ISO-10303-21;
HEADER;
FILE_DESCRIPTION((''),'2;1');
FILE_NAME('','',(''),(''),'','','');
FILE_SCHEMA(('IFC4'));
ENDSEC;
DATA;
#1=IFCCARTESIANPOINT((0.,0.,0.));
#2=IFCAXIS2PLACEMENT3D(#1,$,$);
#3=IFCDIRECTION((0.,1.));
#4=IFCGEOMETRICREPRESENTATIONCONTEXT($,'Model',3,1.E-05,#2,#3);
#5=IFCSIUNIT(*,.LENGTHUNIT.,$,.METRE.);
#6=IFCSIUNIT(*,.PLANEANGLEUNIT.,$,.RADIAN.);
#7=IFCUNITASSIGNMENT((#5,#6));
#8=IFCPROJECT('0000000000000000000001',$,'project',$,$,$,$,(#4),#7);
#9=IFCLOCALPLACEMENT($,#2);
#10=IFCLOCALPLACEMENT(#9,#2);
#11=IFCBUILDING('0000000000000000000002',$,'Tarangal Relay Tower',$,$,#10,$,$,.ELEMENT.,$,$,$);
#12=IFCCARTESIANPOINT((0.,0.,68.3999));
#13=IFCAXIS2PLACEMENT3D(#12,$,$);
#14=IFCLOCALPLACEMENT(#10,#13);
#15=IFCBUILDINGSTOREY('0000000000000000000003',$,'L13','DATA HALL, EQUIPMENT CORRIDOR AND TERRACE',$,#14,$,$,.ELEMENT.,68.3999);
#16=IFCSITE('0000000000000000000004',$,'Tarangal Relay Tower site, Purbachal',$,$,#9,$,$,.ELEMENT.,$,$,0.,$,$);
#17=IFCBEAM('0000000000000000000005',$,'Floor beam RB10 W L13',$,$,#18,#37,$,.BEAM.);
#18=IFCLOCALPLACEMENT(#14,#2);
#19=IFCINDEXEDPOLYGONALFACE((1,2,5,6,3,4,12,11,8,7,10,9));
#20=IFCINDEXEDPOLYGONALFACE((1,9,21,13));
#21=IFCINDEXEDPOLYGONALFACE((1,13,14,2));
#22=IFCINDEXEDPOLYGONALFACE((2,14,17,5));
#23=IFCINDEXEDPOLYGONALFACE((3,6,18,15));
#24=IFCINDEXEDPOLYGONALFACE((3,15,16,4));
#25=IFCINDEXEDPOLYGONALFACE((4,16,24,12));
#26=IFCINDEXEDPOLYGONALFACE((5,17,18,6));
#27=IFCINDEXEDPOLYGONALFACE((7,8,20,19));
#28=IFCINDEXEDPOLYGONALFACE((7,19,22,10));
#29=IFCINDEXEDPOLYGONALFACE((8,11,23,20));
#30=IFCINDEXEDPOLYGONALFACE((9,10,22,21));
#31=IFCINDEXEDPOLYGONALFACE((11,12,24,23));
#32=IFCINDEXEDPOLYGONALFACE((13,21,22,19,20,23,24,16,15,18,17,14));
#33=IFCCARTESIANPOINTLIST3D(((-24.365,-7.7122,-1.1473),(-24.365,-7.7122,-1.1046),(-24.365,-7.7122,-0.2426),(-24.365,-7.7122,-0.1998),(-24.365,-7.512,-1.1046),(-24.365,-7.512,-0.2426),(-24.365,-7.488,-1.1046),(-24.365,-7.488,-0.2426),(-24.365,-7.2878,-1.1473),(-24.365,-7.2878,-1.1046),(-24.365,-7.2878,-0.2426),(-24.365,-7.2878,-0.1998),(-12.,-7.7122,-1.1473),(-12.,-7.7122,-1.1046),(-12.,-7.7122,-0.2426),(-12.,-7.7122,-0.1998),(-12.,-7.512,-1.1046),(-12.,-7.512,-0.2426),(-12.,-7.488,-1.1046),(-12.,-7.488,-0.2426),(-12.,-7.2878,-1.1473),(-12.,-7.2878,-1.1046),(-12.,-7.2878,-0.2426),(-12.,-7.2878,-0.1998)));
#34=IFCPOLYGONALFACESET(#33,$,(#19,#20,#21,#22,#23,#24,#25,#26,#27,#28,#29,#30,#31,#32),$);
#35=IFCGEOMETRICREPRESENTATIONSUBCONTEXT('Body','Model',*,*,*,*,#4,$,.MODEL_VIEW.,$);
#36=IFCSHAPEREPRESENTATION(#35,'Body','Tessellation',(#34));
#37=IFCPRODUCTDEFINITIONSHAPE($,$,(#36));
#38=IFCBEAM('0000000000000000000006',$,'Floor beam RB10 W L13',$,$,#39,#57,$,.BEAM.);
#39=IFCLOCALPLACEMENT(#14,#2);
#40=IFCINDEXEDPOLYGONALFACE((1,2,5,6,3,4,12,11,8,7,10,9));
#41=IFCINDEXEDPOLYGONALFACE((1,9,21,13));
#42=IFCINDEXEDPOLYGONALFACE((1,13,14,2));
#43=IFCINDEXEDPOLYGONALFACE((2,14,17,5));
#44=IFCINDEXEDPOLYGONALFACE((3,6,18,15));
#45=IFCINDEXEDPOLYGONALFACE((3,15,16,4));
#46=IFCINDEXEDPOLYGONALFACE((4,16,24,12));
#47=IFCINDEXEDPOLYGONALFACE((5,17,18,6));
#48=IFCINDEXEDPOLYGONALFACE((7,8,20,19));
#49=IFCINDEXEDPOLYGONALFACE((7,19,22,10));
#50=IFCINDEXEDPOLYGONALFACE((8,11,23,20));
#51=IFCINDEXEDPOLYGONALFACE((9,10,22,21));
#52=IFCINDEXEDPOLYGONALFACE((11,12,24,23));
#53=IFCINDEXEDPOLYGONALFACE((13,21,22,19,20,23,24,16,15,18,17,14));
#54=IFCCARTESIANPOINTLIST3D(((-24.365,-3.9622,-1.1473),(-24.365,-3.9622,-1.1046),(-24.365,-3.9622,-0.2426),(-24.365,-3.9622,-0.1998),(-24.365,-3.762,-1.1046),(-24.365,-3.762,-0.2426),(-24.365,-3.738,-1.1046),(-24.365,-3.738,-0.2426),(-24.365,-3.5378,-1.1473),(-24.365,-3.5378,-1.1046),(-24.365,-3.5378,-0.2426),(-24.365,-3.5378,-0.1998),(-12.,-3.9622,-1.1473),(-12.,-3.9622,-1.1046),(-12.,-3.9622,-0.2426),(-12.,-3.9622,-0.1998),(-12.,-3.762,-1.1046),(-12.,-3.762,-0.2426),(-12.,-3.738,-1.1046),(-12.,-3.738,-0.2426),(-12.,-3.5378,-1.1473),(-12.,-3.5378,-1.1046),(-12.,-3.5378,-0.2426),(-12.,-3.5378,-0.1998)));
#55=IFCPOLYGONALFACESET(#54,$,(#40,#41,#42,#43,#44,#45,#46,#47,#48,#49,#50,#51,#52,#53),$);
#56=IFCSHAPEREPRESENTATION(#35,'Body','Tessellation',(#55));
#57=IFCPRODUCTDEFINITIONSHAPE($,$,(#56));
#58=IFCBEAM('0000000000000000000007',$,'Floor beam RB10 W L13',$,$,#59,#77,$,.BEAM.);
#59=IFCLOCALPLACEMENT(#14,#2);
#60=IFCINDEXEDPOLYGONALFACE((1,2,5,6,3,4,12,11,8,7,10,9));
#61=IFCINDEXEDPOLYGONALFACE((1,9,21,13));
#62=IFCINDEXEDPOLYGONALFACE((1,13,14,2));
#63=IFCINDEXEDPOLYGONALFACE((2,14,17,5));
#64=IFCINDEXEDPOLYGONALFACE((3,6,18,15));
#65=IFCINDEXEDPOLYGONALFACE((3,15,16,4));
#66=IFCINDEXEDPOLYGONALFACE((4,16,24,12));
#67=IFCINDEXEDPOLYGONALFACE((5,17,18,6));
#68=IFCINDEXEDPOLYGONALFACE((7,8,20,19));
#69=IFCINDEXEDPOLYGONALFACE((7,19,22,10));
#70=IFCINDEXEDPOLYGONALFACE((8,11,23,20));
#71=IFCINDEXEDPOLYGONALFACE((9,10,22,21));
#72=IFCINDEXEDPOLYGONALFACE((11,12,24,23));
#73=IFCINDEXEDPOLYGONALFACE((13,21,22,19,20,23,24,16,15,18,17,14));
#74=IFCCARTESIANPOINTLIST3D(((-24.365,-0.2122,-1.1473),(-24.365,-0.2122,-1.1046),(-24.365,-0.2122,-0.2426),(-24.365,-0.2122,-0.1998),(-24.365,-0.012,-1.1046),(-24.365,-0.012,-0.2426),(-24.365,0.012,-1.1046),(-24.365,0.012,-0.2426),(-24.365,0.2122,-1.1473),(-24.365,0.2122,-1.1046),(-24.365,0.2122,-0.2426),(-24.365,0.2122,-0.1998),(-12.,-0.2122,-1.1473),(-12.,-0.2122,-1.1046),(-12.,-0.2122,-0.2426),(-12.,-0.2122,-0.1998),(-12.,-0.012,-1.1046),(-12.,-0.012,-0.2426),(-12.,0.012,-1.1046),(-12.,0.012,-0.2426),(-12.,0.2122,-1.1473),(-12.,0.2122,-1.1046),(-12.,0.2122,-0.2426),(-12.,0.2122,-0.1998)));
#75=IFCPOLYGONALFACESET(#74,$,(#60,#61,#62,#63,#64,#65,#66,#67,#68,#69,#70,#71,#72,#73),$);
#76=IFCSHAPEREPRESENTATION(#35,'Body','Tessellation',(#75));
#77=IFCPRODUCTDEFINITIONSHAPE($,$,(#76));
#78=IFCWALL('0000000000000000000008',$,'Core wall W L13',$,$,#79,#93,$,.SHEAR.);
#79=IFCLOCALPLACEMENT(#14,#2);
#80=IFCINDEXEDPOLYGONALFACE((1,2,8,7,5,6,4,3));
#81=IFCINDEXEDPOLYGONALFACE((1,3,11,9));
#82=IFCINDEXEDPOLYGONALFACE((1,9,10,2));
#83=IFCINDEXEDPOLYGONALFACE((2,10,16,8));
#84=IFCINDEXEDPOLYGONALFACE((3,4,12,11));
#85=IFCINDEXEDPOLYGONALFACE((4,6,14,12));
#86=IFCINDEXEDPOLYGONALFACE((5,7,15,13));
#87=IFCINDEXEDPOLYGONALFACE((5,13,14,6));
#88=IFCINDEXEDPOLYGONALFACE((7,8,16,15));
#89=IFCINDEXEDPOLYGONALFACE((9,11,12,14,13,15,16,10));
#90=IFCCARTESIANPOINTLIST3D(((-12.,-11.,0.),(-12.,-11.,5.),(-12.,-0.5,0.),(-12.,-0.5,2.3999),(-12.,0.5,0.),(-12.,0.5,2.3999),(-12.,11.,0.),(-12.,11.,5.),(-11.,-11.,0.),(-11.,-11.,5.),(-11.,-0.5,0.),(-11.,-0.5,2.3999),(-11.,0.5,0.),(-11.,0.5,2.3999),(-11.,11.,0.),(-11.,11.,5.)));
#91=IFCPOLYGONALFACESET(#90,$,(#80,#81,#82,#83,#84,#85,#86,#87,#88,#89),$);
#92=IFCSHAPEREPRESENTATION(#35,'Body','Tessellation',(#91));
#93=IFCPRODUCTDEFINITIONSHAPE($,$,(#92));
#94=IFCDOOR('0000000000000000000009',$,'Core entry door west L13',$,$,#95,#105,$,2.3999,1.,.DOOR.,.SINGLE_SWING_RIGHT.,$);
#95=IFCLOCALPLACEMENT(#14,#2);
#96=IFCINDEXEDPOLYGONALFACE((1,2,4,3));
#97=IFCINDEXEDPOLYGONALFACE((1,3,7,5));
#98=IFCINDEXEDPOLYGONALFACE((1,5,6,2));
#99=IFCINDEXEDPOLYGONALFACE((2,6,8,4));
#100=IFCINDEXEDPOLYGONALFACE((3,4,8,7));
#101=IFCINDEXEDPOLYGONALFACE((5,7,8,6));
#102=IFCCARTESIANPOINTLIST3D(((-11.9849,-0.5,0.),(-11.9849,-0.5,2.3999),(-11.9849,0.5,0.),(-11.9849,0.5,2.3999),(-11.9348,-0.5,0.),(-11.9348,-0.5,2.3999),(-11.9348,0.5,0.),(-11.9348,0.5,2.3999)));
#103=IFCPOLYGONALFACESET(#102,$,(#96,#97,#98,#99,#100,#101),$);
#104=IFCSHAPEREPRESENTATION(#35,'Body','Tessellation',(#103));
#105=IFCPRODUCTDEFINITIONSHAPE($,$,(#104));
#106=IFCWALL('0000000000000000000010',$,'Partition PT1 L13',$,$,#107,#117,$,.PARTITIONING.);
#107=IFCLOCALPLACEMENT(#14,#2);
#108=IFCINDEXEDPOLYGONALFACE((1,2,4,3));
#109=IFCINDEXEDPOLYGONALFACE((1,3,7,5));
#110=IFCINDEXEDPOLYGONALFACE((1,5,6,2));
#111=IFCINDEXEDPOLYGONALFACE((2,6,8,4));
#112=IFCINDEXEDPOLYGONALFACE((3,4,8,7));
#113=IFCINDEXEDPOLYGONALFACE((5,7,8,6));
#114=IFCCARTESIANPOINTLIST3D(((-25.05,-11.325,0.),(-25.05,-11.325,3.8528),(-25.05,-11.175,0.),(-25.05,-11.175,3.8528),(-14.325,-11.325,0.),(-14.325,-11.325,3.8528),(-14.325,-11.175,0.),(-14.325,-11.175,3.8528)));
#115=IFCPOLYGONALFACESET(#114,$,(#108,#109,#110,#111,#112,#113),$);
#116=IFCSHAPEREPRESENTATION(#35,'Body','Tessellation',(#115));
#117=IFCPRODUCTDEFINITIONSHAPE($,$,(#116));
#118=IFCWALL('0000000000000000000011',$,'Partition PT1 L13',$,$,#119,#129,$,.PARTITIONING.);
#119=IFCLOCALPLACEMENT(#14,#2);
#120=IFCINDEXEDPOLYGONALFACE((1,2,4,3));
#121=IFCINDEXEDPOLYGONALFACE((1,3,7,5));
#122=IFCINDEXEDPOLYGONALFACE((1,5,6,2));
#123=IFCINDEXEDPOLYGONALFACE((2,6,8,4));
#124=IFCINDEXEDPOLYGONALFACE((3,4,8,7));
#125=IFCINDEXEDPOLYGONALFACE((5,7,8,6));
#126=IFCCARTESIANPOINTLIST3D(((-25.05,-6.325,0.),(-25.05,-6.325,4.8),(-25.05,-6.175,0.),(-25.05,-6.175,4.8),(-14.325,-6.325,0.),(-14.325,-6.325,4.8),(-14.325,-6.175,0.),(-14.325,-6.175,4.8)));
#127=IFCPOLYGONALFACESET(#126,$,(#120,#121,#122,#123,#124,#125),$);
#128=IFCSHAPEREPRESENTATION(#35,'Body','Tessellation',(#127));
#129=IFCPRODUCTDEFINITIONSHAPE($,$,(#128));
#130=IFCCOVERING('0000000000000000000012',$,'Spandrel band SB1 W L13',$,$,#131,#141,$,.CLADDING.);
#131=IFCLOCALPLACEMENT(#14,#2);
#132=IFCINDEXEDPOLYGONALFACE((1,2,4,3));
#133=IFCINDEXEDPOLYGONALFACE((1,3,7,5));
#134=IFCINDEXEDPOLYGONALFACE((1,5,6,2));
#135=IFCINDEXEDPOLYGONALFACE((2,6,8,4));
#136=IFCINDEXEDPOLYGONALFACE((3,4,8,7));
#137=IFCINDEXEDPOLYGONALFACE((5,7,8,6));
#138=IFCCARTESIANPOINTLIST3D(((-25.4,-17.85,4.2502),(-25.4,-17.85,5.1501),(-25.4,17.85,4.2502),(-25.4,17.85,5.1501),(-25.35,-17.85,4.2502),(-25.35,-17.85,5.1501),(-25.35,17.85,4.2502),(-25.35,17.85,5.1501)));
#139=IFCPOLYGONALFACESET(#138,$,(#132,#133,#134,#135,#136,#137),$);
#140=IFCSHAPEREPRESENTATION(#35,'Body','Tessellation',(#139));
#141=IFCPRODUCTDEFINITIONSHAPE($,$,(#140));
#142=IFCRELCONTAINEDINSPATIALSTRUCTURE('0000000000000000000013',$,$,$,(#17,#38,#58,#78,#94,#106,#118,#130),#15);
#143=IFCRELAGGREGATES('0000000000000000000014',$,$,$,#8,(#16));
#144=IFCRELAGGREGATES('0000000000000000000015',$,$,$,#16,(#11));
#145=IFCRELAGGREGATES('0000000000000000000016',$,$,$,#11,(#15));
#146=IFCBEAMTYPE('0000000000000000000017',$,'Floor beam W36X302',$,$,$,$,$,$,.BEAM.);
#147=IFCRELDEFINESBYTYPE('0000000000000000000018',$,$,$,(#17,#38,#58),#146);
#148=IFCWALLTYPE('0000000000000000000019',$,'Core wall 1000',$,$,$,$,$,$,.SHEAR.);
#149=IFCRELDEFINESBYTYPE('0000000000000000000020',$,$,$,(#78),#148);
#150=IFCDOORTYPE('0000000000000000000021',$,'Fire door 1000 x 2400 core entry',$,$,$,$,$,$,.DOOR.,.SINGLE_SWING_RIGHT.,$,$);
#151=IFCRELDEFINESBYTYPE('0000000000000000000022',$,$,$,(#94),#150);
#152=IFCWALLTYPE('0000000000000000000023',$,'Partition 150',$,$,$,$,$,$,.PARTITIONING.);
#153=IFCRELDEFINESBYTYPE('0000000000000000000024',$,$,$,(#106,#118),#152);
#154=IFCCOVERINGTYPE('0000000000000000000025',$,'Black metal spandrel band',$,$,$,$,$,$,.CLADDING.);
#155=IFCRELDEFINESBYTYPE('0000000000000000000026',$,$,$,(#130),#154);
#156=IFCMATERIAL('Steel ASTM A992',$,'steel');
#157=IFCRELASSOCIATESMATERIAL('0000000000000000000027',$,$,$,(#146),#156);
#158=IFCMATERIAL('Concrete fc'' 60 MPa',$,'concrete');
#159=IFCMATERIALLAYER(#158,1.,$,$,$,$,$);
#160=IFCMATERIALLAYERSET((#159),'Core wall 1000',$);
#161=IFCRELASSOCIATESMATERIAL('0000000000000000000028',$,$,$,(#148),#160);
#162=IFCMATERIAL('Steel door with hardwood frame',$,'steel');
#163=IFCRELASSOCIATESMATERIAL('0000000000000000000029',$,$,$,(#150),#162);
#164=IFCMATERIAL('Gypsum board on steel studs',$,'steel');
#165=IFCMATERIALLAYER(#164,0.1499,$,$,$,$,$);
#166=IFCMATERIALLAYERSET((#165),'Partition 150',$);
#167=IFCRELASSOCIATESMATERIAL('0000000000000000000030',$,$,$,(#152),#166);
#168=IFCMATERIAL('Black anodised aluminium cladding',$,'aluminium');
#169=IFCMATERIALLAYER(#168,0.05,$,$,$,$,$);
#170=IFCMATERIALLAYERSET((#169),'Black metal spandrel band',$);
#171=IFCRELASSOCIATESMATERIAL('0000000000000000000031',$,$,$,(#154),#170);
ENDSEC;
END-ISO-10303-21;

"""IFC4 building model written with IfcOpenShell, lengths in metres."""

from ifc_helpers import new_model, si_unit, direction, frame, frame_2d, origin, origin_2d, place, context, subcontext, project, spatial, rectangle, i_section, extrude, material, layer, layer_set, material_profile, profile_set, type_object, element, fill, save


model = new_model("IFC4")

# Units and contexts
model_context = context("Model", 3, precision=1e-05, world=origin(), true_north=direction((0.0, 1.0)))
body_context = subcontext(model_context, "Body", "Model", "MODEL_VIEW")
ifc_project = project(units=[si_unit("LENGTHUNIT", "METRE"), si_unit("PLANEANGLEUNIT", "RADIAN")], contexts=[model_context])

# Site, building, storey
site_placement = place(None, origin())
site = spatial("IfcSite", under=ifc_project, at=site_placement, Name="Tarangal Relay Tower site, Purbachal", CompositionType="ELEMENT", RefElevation=0.0)
building_placement = place(site_placement, origin())
building = spatial("IfcBuilding", under=site, at=building_placement, Name="Tarangal Relay Tower", CompositionType="ELEMENT")
storey_placement = place(building_placement, frame((0.0, 0.0, 68.3999)))
storey = spatial("IfcBuildingStorey", under=building, at=storey_placement, Name="L13", Description="DATA HALL, EQUIPMENT CORRIDOR AND TERRACE", CompositionType="ELEMENT", Elevation=68.3999)

# Beams
ifc_material_1 = material(Name="Steel ASTM A992", Category="steel")
ifc_material_profile_1 = material_profile(ifc_material_1, i_section(OverallWidth=0.4243, OverallDepth=0.9475, WebThickness=0.0239, FlangeThickness=0.0427, at=origin_2d()), Name="W36X302")
ifc_profile_set_1 = profile_set([ifc_material_profile_1], Name="Steel ASTM A992")
beam_type_1 = type_object("IfcBeamType", Name="Floor beam W36X302", PredefinedType="BEAM", material=ifc_profile_set_1)
for number, where, z_axis, x_axis, name in (
    (1, (-12.0, -7.5, -0.6736), (-1.0, 0.0, 0.0), (0.0, -1.0, 0.0), "Floor beam RB10 W L13"),
    (2, (-12.0, -3.75, -0.6736), (-1.0, 0.0, 0.0), (0.0, -1.0, 0.0), "Floor beam RB10 W L13"),
    (3, (-12.0, 0.0, -0.6736), (-1.0, 0.0, 0.0), (0.0, -1.0, 0.0), "Floor beam RB10 W L13"),
):
    element("IfcBeam", number, at=place(storey_placement, frame(where, z_axis=z_axis, x_axis=x_axis)), inside=storey, type_object=beam_type_1, Name=name, PredefinedType="BEAM", context=body_context, shape_type="SweptSolid", body=[
        extrude(i_section(OverallWidth=0.4243, OverallDepth=0.9475, WebThickness=0.0239, FlangeThickness=0.0427, at=origin_2d()), origin(), (0.0, 0.0, 1.0), 12.365),
    ])

# Wall, opening, door
ifc_material_2 = material(Name="Concrete fc' 60 MPa", Category="concrete")
ifc_layer_1 = layer(ifc_material_2, 1.0)
ifc_layer_set_1 = layer_set([ifc_layer_1], Name="Core wall 1000")
wall_type_1 = type_object("IfcWallType", Name="Core wall 1000", PredefinedType="SHEAR", material=ifc_layer_set_1)
wall_1_placement = place(storey_placement, frame((-11.5, -11.0, 0.0), z_axis=(0.0, 0.0, 1.0), x_axis=(0.0, 1.0, 0.0)))
wall_1 = element("IfcWall", 4, at=wall_1_placement, inside=storey, type_object=wall_type_1, Name="Core wall W L13", PredefinedType="SHEAR", context=body_context, shape_type="SweptSolid", body=[
    extrude(rectangle(XDim=22.0, YDim=1.0, at=frame_2d((11.0, 0.0))), origin(), (0.0, 0.0, 1.0), 5.0),
])
opening_placement = place(wall_1_placement, frame((10.5, 0.0, 0.0)))
opening = element("IfcOpeningElement", 5, at=opening_placement, cuts=wall_1, PredefinedType="OPENING", context=body_context, shape_type="SweptSolid", body=[
    extrude(rectangle(XDim=1.0, YDim=2.3999, at=frame_2d((0.5, 1.2))), frame((0.0, 0.51, 0.0), z_axis=(0.0, -1.0, 0.0), x_axis=(1.0, 0.0, 0.0)), (0.0, 0.0, 1.0), 1.02),
])
ifc_material_3 = material(Name="Steel door with hardwood frame", Category="steel")
door_type = type_object("IfcDoorType", Name="Fire door 1000 x 2400 core entry", OperationType="SINGLE_SWING_RIGHT", PredefinedType="DOOR", material=ifc_material_3)
door_placement = place(opening_placement, origin())
door = element("IfcDoor", 6, at=door_placement, inside=storey, type_object=door_type, Name="Core entry door west L13", OperationType="SINGLE_SWING_RIGHT", OverallHeight=2.3999, OverallWidth=1.0, PredefinedType="DOOR", context=body_context, shape_type="SweptSolid", body=[
    extrude(rectangle(XDim=1.0, YDim=2.3999, at=frame_2d((0.5, 1.2))), frame((0.0, 0.4849, 0.0), z_axis=(0.0, -1.0, 0.0), x_axis=(1.0, 0.0, 0.0)), (0.0, 0.0, 1.0), 0.05),
])
fill(opening, door)

# Walls
ifc_material_4 = material(Name="Gypsum board on steel studs", Category="steel")
ifc_layer_2 = layer(ifc_material_4, 0.1499)
ifc_layer_set_2 = layer_set([ifc_layer_2], Name="Partition 150")
wall_type_2 = type_object("IfcWallType", Name="Partition 150", PredefinedType="PARTITIONING", material=ifc_layer_set_2)
wall_2_placement = place(storey_placement, frame((-25.05, -11.25, 0.0), z_axis=(0.0, 0.0, 1.0), x_axis=(1.0, 0.0, 0.0)))
element("IfcWall", 7, at=wall_2_placement, inside=storey, type_object=wall_type_2, Name="Partition PT1 L13", PredefinedType="PARTITIONING", context=body_context, shape_type="SweptSolid", body=[
    extrude(rectangle(XDim=10.7251, YDim=0.1499, at=frame_2d((5.3625, 0.0))), origin(), (0.0, 0.0, 1.0), 3.8528),
])
wall_3_placement = place(storey_placement, frame((-25.05, -6.25, 0.0), z_axis=(0.0, 0.0, 1.0), x_axis=(1.0, 0.0, 0.0)))
element("IfcWall", 8, at=wall_3_placement, inside=storey, type_object=wall_type_2, Name="Partition PT1 L13", PredefinedType="PARTITIONING", context=body_context, shape_type="SweptSolid", body=[
    extrude(rectangle(XDim=10.7251, YDim=0.1499, at=frame_2d((5.3625, 0.0))), origin(), (0.0, 0.0, 1.0), 4.8),
])

# Covering
ifc_material_5 = material(Name="Black anodised aluminium cladding", Category="aluminium")
ifc_layer_3 = layer(ifc_material_5, 0.05)
ifc_layer_set_3 = layer_set([ifc_layer_3], Name="Black metal spandrel band")
covering_type = type_object("IfcCoveringType", Name="Black metal spandrel band", PredefinedType="CLADDING", material=ifc_layer_set_3)
covering_placement = place(storey_placement, frame((-25.375, 0.0, 4.2502), z_axis=(0.0, 0.0, 1.0), x_axis=(0.0, 1.0, 0.0)))
element("IfcCovering", 9, at=covering_placement, inside=storey, type_object=covering_type, Name="Spandrel band SB1 W L13", PredefinedType="CLADDING", context=body_context, shape_type="SweptSolid", body=[
    extrude(rectangle(XDim=35.7, YDim=0.05, at=origin_2d()), origin(), (0.0, 0.0, 1.0), 0.8999),
])

save(model, "model.ifc")
